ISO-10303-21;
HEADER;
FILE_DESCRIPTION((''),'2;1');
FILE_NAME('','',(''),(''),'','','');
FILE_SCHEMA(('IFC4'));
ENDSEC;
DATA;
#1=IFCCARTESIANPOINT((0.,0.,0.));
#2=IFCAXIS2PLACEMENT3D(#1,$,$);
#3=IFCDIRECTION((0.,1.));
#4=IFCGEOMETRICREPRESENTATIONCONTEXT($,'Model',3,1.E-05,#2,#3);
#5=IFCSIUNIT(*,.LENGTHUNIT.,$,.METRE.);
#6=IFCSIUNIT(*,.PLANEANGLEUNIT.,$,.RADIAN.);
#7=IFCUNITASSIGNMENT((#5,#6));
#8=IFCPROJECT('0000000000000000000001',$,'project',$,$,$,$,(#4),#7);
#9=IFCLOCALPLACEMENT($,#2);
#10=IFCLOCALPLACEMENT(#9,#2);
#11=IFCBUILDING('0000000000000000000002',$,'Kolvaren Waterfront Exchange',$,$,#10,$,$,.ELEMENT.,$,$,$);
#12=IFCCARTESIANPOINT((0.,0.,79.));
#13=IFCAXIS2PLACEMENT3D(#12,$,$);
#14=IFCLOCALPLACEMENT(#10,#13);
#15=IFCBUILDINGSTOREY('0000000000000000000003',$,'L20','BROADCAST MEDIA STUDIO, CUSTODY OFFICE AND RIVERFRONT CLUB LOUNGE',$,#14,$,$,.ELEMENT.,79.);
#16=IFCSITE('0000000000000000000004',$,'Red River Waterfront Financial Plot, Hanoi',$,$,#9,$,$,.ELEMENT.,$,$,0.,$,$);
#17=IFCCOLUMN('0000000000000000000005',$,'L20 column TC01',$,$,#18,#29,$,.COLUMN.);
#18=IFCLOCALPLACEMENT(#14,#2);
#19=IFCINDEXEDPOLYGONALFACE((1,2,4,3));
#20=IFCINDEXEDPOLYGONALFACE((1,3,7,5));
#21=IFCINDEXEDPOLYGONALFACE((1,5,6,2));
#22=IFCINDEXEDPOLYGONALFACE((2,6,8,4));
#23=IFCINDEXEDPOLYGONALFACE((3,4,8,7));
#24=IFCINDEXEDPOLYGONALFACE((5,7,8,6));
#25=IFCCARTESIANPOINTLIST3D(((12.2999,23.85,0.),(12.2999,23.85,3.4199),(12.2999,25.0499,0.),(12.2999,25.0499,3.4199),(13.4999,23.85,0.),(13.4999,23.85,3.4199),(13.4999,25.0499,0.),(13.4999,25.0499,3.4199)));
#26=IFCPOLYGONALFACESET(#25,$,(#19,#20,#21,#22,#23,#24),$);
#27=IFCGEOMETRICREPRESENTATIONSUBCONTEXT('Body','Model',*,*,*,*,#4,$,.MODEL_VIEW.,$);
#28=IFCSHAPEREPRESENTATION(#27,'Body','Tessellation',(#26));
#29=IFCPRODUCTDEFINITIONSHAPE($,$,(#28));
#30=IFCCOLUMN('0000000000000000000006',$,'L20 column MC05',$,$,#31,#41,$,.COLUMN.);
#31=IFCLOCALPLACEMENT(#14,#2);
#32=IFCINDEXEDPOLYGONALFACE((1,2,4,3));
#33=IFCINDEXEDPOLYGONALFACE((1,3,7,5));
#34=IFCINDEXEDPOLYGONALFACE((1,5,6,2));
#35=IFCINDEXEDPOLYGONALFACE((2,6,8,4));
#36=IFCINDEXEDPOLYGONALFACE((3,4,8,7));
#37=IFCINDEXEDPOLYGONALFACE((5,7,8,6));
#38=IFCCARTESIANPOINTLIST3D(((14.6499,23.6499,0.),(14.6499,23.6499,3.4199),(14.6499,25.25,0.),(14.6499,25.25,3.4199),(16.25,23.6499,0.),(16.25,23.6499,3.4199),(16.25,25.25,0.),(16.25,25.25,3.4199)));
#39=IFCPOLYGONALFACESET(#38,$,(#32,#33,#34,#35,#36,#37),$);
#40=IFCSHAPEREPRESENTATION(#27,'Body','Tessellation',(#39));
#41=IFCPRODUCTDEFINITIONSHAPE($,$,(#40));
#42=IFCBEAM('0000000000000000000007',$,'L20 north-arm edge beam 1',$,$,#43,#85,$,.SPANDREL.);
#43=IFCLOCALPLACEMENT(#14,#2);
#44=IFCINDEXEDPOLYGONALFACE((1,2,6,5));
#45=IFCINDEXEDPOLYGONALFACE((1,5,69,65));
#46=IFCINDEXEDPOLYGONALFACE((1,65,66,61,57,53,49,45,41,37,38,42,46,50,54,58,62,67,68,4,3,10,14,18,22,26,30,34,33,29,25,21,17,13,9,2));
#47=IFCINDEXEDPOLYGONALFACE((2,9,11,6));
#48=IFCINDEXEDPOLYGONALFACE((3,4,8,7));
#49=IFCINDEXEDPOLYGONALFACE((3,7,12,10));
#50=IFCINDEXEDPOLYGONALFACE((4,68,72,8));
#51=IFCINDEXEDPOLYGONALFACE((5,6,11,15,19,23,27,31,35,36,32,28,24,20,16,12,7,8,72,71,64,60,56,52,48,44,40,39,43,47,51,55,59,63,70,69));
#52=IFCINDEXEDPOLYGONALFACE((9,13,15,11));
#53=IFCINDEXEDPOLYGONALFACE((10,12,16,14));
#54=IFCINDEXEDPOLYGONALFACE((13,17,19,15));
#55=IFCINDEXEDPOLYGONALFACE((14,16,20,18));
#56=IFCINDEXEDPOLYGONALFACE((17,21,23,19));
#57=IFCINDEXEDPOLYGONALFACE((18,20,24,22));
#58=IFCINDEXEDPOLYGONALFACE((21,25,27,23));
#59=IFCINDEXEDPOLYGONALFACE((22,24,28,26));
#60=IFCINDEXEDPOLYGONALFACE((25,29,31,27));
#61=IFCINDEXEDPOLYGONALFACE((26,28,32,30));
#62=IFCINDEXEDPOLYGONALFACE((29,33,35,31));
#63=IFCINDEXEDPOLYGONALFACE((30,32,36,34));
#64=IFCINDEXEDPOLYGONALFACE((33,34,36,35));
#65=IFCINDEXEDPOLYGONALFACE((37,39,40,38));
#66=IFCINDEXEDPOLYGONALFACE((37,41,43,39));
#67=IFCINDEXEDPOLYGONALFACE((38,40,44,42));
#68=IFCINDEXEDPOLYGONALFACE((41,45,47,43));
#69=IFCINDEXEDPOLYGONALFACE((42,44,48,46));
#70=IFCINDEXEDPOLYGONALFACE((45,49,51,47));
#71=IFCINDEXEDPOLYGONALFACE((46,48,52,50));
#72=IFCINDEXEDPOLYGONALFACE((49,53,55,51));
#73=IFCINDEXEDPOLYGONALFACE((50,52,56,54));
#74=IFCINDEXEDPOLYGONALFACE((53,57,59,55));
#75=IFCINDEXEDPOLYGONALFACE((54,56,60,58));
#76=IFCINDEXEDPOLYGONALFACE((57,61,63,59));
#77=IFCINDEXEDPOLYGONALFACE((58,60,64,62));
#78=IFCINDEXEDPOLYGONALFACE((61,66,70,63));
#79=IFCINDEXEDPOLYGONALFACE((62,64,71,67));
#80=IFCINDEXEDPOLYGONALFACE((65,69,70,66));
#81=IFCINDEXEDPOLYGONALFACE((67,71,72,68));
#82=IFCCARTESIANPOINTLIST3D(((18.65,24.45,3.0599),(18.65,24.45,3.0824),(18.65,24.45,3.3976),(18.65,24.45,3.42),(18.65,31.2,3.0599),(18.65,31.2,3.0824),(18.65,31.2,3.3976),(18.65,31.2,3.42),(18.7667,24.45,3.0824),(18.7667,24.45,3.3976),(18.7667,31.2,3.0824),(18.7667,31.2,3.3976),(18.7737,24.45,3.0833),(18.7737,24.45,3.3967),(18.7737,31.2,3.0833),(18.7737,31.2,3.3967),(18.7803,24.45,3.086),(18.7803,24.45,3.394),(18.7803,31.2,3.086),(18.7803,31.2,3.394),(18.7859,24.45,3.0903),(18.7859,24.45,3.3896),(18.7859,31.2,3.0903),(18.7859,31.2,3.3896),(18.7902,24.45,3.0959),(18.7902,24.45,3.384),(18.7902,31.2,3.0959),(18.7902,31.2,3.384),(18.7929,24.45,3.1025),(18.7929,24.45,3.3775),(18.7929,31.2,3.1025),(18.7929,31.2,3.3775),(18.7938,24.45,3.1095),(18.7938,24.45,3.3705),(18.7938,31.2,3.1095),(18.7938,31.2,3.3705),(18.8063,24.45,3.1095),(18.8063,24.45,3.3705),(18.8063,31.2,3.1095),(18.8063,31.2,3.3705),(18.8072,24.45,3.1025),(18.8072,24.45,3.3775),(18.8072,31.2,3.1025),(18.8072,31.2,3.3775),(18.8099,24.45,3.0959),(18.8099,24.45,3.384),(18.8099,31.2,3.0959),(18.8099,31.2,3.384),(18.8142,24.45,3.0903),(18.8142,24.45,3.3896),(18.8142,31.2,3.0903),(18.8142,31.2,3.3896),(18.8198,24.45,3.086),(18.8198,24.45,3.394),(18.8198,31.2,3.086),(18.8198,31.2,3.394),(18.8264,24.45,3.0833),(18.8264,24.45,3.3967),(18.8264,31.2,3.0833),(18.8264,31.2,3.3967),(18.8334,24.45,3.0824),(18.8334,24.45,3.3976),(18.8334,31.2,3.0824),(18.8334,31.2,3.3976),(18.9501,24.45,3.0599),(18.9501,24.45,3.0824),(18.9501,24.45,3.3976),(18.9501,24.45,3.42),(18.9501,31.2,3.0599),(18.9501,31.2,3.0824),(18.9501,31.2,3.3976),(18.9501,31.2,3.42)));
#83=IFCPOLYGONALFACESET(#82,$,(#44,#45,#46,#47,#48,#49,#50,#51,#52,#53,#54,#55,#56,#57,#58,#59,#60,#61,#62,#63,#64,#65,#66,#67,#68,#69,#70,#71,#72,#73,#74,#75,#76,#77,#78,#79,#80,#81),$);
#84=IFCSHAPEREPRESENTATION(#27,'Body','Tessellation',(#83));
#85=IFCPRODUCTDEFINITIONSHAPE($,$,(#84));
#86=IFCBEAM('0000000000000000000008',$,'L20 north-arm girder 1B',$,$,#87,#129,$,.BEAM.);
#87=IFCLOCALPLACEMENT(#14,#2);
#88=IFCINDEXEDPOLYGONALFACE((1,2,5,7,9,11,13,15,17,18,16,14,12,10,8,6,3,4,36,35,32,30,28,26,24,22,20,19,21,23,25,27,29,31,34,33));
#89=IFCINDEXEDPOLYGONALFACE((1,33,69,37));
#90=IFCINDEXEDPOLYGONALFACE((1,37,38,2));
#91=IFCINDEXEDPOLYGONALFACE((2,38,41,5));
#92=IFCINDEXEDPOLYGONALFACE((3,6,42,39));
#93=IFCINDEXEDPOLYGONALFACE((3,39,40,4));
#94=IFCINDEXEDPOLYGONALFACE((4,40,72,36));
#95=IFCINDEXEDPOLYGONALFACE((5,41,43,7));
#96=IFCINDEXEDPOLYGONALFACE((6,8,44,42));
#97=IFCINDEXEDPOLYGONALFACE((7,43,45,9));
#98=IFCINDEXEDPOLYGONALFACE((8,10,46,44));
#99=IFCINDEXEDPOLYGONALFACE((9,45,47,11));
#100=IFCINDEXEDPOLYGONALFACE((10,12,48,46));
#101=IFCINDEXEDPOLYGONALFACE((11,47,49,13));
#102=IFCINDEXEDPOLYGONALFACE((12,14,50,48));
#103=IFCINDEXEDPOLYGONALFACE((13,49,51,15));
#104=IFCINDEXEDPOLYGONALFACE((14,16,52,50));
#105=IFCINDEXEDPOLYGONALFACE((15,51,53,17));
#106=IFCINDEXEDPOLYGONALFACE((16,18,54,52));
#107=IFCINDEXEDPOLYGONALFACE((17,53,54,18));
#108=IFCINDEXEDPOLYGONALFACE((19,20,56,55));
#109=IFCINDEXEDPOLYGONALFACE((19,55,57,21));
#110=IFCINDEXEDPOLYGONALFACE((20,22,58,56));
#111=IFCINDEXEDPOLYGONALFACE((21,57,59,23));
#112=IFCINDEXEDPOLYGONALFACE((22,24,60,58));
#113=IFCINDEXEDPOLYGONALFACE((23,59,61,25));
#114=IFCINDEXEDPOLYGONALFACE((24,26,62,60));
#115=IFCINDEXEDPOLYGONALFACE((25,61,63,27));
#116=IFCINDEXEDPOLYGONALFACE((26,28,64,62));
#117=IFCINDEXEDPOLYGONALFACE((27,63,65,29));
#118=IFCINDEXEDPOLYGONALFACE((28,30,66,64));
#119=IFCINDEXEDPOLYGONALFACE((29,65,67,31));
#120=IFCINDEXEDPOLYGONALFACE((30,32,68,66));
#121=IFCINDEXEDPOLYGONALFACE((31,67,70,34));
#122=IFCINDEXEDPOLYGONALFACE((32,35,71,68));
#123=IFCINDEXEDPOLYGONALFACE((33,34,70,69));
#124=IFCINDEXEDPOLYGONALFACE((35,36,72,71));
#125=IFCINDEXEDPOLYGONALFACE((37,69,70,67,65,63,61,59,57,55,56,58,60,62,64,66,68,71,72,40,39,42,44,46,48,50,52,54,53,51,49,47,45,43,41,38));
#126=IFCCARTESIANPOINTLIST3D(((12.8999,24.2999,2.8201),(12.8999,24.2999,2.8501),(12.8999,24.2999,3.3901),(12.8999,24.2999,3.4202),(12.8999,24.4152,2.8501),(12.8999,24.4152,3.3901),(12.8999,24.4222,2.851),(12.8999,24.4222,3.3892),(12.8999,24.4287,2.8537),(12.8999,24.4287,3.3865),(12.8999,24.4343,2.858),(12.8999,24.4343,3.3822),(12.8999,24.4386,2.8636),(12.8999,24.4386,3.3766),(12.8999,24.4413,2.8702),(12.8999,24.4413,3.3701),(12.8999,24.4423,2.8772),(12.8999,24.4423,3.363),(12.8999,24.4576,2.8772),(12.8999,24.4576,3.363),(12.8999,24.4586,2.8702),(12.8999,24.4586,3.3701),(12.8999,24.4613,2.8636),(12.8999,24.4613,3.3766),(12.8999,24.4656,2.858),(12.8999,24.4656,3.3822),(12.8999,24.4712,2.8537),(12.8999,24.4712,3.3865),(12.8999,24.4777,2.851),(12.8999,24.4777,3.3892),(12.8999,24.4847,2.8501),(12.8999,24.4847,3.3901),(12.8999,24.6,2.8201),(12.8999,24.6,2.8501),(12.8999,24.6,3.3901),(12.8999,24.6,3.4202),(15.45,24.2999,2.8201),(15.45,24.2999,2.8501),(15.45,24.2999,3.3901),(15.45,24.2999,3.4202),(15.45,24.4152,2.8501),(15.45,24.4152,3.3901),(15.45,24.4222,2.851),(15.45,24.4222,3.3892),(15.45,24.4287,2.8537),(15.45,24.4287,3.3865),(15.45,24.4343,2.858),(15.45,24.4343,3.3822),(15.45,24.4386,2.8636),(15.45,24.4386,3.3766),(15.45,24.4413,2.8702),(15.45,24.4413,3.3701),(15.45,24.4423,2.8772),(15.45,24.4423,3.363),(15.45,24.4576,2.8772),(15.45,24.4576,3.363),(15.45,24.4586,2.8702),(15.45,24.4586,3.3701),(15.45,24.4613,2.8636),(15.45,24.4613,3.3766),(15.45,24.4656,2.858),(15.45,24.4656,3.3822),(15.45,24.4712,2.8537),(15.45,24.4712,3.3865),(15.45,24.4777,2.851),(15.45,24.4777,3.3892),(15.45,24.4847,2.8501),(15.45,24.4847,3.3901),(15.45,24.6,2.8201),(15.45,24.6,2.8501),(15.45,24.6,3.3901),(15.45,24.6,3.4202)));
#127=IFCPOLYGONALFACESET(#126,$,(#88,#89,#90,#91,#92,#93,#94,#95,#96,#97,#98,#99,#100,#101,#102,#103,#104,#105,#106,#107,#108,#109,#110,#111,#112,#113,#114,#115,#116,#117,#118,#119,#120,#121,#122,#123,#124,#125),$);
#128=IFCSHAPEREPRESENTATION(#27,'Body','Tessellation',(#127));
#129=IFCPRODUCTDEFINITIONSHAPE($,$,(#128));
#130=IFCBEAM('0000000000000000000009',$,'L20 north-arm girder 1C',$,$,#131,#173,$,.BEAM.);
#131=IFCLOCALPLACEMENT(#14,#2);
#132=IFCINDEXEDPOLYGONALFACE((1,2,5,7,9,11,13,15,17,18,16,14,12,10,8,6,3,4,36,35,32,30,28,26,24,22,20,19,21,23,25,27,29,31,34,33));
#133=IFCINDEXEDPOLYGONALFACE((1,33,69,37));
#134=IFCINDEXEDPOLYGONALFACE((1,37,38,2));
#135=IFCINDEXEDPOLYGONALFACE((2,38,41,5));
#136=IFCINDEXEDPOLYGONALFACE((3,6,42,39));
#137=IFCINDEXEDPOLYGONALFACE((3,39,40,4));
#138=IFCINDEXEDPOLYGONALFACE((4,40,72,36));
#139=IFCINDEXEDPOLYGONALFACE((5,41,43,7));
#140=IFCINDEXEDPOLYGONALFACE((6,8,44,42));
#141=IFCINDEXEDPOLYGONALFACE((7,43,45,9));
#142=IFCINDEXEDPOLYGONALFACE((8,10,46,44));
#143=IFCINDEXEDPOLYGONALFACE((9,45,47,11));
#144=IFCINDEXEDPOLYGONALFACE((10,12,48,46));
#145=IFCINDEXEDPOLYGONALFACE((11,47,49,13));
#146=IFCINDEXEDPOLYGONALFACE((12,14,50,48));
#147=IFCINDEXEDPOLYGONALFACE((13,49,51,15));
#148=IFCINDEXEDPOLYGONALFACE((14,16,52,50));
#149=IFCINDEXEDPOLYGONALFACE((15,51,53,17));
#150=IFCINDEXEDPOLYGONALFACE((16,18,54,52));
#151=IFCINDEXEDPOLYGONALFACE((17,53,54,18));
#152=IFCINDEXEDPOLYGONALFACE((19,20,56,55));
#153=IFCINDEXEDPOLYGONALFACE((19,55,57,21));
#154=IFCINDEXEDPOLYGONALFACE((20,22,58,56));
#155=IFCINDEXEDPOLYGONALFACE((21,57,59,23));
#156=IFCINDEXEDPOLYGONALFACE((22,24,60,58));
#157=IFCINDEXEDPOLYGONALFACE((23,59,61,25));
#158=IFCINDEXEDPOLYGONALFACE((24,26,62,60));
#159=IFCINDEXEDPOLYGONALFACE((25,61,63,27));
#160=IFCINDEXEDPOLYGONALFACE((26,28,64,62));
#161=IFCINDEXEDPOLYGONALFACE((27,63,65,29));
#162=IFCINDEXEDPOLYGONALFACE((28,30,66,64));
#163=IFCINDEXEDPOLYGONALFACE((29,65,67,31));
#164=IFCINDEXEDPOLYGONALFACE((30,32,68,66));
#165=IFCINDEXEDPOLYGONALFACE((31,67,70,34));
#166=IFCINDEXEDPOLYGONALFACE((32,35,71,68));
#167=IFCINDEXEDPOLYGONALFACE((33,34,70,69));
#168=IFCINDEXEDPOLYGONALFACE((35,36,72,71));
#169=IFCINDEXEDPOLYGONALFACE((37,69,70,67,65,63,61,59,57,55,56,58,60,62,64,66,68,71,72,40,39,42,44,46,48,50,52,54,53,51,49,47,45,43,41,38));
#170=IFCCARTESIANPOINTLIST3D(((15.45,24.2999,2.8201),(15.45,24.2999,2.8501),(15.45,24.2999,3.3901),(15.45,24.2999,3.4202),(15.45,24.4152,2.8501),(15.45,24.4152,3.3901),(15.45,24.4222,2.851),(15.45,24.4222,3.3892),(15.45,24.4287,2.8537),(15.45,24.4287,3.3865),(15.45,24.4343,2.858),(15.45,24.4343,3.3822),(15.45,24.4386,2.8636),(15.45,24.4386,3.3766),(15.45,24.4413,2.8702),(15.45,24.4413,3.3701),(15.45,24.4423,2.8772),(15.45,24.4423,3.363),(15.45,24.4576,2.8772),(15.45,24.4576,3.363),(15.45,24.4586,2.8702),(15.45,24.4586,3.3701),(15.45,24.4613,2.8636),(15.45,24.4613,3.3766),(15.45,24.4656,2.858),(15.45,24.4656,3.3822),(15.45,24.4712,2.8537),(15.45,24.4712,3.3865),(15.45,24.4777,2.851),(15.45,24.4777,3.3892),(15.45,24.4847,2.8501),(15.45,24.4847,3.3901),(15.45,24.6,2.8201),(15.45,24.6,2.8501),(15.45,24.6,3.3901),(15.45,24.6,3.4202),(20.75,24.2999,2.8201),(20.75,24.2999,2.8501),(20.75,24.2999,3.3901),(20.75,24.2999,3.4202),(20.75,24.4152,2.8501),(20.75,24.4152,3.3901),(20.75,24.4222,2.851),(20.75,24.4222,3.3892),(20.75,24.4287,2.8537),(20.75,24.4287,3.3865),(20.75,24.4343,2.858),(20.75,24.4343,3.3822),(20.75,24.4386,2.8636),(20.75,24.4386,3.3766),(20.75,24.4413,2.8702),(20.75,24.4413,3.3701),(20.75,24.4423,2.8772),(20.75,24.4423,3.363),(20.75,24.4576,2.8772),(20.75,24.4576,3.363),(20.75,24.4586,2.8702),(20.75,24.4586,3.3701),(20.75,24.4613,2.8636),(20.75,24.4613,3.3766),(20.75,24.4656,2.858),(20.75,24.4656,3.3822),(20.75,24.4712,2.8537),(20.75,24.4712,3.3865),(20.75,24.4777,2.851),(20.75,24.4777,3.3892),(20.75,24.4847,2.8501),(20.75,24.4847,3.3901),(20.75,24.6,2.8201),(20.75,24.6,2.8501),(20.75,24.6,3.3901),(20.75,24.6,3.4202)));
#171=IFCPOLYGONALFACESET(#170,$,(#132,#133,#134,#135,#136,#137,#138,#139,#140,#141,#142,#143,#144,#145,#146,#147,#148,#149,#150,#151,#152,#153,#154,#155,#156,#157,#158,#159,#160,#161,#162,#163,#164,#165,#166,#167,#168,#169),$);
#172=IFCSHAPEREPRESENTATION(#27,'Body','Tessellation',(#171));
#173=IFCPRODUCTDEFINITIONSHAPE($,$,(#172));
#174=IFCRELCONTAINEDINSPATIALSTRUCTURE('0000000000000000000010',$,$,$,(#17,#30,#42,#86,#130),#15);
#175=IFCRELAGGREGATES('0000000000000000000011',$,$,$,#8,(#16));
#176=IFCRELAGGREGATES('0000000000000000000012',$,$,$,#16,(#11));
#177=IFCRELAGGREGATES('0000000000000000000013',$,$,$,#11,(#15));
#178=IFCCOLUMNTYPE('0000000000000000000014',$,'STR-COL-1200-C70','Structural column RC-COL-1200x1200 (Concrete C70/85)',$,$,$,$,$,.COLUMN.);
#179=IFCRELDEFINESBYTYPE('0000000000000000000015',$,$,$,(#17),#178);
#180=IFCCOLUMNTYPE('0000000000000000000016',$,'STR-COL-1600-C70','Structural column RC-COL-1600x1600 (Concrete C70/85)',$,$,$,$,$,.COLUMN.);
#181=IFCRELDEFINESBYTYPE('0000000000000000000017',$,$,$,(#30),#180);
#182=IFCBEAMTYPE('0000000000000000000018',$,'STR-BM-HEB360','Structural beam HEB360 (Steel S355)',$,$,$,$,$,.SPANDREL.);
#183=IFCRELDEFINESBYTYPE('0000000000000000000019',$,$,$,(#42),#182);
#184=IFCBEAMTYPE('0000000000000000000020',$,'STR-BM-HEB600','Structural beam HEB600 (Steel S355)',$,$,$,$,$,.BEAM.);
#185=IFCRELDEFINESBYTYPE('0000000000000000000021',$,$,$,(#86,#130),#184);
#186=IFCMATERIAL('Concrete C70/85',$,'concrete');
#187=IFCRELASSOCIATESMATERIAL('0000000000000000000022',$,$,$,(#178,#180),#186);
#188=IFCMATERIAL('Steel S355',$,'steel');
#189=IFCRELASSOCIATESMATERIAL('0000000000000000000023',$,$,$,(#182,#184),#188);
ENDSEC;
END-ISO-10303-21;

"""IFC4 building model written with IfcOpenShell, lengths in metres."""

from ifc_helpers import new_model, si_unit, direction, frame, origin, origin_2d, place, context, subcontext, project, spatial, rectangle, i_section, extrude, material, material_profile, profile_set, type_object, element, save


model = new_model("IFC4")

# Units and contexts
model_context = context("Model", 3, precision=1e-05, world=origin(), true_north=direction((0.0, 1.0)))
body_context = subcontext(model_context, "Body", "Model", "MODEL_VIEW")
ifc_project = project(units=[si_unit("LENGTHUNIT", "METRE"), si_unit("PLANEANGLEUNIT", "RADIAN")], contexts=[model_context])

# Site, building, storey
site_placement = place(None, origin())
site = spatial("IfcSite", under=ifc_project, at=site_placement, Name="Red River Waterfront Financial Plot, Hanoi", CompositionType="ELEMENT", RefElevation=0.0)
building_placement = place(site_placement, origin())
building = spatial("IfcBuilding", under=site, at=building_placement, Name="Kolvaren Waterfront Exchange", CompositionType="ELEMENT")
storey_placement = place(building_placement, frame((0.0, 0.0, 79.0)))
storey = spatial("IfcBuildingStorey", under=building, at=storey_placement, Name="L20", Description="BROADCAST MEDIA STUDIO, CUSTODY OFFICE AND RIVERFRONT CLUB LOUNGE", CompositionType="ELEMENT", Elevation=79.0)

# Columns
ifc_material_1 = material(Name="Concrete C70/85", Category="concrete")
ifc_material_profile_1 = material_profile(ifc_material_1, rectangle(XDim=1.2, YDim=1.2, at=origin_2d()), Name="RC-COL-1200x1200")
ifc_profile_set_1 = profile_set([ifc_material_profile_1], Name="Concrete C70/85")
column_type_1 = type_object("IfcColumnType", Name="STR-COL-1200-C70", Description="Structural column RC-COL-1200x1200 (Concrete C70/85)", PredefinedType="COLUMN", material=ifc_profile_set_1)
column_1_placement = place(storey_placement, frame((12.8999, 24.45, 0.0), z_axis=(0.0, 0.0, 1.0), x_axis=(1.0, 0.0, 0.0)))
element("IfcColumn", 1, at=column_1_placement, inside=storey, type_object=column_type_1, Name="L20 column TC01", PredefinedType="COLUMN", context=body_context, shape_type="SweptSolid", body=[
    extrude(rectangle(XDim=1.2, YDim=1.2, at=origin_2d()), origin(), (0.0, 0.0, 1.0), 3.4199),
])
ifc_material_profile_2 = material_profile(ifc_material_1, rectangle(XDim=1.6001, YDim=1.6001, at=origin_2d()), Name="RC-COL-1600x1600")
ifc_profile_set_2 = profile_set([ifc_material_profile_2], Name="Concrete C70/85")
column_type_2 = type_object("IfcColumnType", Name="STR-COL-1600-C70", Description="Structural column RC-COL-1600x1600 (Concrete C70/85)", PredefinedType="COLUMN", material=ifc_profile_set_2)
column_2_placement = place(storey_placement, frame((15.45, 24.45, 0.0), z_axis=(0.0, 0.0, 1.0), x_axis=(1.0, 0.0, 0.0)))
element("IfcColumn", 2, at=column_2_placement, inside=storey, type_object=column_type_2, Name="L20 column MC05", PredefinedType="COLUMN", context=body_context, shape_type="SweptSolid", body=[
    extrude(rectangle(XDim=1.6001, YDim=1.6001, at=origin_2d()), origin(), (0.0, 0.0, 1.0), 3.4199),
])

# Beams
ifc_material_2 = material(Name="Steel S355", Category="steel")
ifc_material_profile_3 = material_profile(ifc_material_2, i_section(OverallWidth=0.3, OverallDepth=0.3601, WebThickness=0.0125, FlangeThickness=0.0225, FilletRadius=0.0271, at=origin_2d()), Name="HEB360")
ifc_profile_set_3 = profile_set([ifc_material_profile_3], Name="Steel S355")
beam_type_1 = type_object("IfcBeamType", Name="STR-BM-HEB360", Description="Structural beam HEB360 (Steel S355)", PredefinedType="SPANDREL", material=ifc_profile_set_3)
beam_1_placement = place(storey_placement, frame((18.8, 24.45, 3.24), z_axis=(0.0, 1.0, 0.0), x_axis=(-1.0, 0.0, 0.0)))
element("IfcBeam", 3, at=beam_1_placement, inside=storey, type_object=beam_type_1, Name="L20 north-arm edge beam 1", PredefinedType="SPANDREL", context=body_context, shape_type="SweptSolid", body=[
    extrude(i_section(OverallWidth=0.3, OverallDepth=0.3601, WebThickness=0.0125, FlangeThickness=0.0225, FilletRadius=0.0271, at=origin_2d()), origin(), (0.0, 0.0, 1.0), 6.75),
])
ifc_material_profile_4 = material_profile(ifc_material_2, i_section(OverallWidth=0.3, OverallDepth=0.6001, WebThickness=0.0154, FlangeThickness=0.03, FilletRadius=0.0271, at=origin_2d()), Name="HEB600")
ifc_profile_set_4 = profile_set([ifc_material_profile_4], Name="Steel S355")
beam_type_2 = type_object("IfcBeamType", Name="STR-BM-HEB600", Description="Structural beam HEB600 (Steel S355)", PredefinedType="BEAM", material=ifc_profile_set_4)
beam_2_placement = place(storey_placement, frame((12.8999, 24.45, 3.1201), z_axis=(1.0, 0.0, 0.0), x_axis=(0.0, 1.0, 0.0)))
element("IfcBeam", 4, at=beam_2_placement, inside=storey, type_object=beam_type_2, Name="L20 north-arm girder 1B", PredefinedType="BEAM", context=body_context, shape_type="SweptSolid", body=[
    extrude(i_section(OverallWidth=0.3, OverallDepth=0.6001, WebThickness=0.0154, FlangeThickness=0.03, FilletRadius=0.0271, at=origin_2d()), origin(), (0.0, 0.0, 1.0), 2.55),
])
beam_3_placement = place(storey_placement, frame((15.45, 24.45, 3.1201), z_axis=(1.0, 0.0, 0.0), x_axis=(0.0, 1.0, 0.0)))
element("IfcBeam", 5, at=beam_3_placement, inside=storey, type_object=beam_type_2, Name="L20 north-arm girder 1C", PredefinedType="BEAM", context=body_context, shape_type="SweptSolid", body=[
    extrude(i_section(OverallWidth=0.3, OverallDepth=0.6001, WebThickness=0.0154, FlangeThickness=0.03, FilletRadius=0.0271, at=origin_2d()), origin(), (0.0, 0.0, 1.0), 5.3),
])

save(model, "model.ifc")
